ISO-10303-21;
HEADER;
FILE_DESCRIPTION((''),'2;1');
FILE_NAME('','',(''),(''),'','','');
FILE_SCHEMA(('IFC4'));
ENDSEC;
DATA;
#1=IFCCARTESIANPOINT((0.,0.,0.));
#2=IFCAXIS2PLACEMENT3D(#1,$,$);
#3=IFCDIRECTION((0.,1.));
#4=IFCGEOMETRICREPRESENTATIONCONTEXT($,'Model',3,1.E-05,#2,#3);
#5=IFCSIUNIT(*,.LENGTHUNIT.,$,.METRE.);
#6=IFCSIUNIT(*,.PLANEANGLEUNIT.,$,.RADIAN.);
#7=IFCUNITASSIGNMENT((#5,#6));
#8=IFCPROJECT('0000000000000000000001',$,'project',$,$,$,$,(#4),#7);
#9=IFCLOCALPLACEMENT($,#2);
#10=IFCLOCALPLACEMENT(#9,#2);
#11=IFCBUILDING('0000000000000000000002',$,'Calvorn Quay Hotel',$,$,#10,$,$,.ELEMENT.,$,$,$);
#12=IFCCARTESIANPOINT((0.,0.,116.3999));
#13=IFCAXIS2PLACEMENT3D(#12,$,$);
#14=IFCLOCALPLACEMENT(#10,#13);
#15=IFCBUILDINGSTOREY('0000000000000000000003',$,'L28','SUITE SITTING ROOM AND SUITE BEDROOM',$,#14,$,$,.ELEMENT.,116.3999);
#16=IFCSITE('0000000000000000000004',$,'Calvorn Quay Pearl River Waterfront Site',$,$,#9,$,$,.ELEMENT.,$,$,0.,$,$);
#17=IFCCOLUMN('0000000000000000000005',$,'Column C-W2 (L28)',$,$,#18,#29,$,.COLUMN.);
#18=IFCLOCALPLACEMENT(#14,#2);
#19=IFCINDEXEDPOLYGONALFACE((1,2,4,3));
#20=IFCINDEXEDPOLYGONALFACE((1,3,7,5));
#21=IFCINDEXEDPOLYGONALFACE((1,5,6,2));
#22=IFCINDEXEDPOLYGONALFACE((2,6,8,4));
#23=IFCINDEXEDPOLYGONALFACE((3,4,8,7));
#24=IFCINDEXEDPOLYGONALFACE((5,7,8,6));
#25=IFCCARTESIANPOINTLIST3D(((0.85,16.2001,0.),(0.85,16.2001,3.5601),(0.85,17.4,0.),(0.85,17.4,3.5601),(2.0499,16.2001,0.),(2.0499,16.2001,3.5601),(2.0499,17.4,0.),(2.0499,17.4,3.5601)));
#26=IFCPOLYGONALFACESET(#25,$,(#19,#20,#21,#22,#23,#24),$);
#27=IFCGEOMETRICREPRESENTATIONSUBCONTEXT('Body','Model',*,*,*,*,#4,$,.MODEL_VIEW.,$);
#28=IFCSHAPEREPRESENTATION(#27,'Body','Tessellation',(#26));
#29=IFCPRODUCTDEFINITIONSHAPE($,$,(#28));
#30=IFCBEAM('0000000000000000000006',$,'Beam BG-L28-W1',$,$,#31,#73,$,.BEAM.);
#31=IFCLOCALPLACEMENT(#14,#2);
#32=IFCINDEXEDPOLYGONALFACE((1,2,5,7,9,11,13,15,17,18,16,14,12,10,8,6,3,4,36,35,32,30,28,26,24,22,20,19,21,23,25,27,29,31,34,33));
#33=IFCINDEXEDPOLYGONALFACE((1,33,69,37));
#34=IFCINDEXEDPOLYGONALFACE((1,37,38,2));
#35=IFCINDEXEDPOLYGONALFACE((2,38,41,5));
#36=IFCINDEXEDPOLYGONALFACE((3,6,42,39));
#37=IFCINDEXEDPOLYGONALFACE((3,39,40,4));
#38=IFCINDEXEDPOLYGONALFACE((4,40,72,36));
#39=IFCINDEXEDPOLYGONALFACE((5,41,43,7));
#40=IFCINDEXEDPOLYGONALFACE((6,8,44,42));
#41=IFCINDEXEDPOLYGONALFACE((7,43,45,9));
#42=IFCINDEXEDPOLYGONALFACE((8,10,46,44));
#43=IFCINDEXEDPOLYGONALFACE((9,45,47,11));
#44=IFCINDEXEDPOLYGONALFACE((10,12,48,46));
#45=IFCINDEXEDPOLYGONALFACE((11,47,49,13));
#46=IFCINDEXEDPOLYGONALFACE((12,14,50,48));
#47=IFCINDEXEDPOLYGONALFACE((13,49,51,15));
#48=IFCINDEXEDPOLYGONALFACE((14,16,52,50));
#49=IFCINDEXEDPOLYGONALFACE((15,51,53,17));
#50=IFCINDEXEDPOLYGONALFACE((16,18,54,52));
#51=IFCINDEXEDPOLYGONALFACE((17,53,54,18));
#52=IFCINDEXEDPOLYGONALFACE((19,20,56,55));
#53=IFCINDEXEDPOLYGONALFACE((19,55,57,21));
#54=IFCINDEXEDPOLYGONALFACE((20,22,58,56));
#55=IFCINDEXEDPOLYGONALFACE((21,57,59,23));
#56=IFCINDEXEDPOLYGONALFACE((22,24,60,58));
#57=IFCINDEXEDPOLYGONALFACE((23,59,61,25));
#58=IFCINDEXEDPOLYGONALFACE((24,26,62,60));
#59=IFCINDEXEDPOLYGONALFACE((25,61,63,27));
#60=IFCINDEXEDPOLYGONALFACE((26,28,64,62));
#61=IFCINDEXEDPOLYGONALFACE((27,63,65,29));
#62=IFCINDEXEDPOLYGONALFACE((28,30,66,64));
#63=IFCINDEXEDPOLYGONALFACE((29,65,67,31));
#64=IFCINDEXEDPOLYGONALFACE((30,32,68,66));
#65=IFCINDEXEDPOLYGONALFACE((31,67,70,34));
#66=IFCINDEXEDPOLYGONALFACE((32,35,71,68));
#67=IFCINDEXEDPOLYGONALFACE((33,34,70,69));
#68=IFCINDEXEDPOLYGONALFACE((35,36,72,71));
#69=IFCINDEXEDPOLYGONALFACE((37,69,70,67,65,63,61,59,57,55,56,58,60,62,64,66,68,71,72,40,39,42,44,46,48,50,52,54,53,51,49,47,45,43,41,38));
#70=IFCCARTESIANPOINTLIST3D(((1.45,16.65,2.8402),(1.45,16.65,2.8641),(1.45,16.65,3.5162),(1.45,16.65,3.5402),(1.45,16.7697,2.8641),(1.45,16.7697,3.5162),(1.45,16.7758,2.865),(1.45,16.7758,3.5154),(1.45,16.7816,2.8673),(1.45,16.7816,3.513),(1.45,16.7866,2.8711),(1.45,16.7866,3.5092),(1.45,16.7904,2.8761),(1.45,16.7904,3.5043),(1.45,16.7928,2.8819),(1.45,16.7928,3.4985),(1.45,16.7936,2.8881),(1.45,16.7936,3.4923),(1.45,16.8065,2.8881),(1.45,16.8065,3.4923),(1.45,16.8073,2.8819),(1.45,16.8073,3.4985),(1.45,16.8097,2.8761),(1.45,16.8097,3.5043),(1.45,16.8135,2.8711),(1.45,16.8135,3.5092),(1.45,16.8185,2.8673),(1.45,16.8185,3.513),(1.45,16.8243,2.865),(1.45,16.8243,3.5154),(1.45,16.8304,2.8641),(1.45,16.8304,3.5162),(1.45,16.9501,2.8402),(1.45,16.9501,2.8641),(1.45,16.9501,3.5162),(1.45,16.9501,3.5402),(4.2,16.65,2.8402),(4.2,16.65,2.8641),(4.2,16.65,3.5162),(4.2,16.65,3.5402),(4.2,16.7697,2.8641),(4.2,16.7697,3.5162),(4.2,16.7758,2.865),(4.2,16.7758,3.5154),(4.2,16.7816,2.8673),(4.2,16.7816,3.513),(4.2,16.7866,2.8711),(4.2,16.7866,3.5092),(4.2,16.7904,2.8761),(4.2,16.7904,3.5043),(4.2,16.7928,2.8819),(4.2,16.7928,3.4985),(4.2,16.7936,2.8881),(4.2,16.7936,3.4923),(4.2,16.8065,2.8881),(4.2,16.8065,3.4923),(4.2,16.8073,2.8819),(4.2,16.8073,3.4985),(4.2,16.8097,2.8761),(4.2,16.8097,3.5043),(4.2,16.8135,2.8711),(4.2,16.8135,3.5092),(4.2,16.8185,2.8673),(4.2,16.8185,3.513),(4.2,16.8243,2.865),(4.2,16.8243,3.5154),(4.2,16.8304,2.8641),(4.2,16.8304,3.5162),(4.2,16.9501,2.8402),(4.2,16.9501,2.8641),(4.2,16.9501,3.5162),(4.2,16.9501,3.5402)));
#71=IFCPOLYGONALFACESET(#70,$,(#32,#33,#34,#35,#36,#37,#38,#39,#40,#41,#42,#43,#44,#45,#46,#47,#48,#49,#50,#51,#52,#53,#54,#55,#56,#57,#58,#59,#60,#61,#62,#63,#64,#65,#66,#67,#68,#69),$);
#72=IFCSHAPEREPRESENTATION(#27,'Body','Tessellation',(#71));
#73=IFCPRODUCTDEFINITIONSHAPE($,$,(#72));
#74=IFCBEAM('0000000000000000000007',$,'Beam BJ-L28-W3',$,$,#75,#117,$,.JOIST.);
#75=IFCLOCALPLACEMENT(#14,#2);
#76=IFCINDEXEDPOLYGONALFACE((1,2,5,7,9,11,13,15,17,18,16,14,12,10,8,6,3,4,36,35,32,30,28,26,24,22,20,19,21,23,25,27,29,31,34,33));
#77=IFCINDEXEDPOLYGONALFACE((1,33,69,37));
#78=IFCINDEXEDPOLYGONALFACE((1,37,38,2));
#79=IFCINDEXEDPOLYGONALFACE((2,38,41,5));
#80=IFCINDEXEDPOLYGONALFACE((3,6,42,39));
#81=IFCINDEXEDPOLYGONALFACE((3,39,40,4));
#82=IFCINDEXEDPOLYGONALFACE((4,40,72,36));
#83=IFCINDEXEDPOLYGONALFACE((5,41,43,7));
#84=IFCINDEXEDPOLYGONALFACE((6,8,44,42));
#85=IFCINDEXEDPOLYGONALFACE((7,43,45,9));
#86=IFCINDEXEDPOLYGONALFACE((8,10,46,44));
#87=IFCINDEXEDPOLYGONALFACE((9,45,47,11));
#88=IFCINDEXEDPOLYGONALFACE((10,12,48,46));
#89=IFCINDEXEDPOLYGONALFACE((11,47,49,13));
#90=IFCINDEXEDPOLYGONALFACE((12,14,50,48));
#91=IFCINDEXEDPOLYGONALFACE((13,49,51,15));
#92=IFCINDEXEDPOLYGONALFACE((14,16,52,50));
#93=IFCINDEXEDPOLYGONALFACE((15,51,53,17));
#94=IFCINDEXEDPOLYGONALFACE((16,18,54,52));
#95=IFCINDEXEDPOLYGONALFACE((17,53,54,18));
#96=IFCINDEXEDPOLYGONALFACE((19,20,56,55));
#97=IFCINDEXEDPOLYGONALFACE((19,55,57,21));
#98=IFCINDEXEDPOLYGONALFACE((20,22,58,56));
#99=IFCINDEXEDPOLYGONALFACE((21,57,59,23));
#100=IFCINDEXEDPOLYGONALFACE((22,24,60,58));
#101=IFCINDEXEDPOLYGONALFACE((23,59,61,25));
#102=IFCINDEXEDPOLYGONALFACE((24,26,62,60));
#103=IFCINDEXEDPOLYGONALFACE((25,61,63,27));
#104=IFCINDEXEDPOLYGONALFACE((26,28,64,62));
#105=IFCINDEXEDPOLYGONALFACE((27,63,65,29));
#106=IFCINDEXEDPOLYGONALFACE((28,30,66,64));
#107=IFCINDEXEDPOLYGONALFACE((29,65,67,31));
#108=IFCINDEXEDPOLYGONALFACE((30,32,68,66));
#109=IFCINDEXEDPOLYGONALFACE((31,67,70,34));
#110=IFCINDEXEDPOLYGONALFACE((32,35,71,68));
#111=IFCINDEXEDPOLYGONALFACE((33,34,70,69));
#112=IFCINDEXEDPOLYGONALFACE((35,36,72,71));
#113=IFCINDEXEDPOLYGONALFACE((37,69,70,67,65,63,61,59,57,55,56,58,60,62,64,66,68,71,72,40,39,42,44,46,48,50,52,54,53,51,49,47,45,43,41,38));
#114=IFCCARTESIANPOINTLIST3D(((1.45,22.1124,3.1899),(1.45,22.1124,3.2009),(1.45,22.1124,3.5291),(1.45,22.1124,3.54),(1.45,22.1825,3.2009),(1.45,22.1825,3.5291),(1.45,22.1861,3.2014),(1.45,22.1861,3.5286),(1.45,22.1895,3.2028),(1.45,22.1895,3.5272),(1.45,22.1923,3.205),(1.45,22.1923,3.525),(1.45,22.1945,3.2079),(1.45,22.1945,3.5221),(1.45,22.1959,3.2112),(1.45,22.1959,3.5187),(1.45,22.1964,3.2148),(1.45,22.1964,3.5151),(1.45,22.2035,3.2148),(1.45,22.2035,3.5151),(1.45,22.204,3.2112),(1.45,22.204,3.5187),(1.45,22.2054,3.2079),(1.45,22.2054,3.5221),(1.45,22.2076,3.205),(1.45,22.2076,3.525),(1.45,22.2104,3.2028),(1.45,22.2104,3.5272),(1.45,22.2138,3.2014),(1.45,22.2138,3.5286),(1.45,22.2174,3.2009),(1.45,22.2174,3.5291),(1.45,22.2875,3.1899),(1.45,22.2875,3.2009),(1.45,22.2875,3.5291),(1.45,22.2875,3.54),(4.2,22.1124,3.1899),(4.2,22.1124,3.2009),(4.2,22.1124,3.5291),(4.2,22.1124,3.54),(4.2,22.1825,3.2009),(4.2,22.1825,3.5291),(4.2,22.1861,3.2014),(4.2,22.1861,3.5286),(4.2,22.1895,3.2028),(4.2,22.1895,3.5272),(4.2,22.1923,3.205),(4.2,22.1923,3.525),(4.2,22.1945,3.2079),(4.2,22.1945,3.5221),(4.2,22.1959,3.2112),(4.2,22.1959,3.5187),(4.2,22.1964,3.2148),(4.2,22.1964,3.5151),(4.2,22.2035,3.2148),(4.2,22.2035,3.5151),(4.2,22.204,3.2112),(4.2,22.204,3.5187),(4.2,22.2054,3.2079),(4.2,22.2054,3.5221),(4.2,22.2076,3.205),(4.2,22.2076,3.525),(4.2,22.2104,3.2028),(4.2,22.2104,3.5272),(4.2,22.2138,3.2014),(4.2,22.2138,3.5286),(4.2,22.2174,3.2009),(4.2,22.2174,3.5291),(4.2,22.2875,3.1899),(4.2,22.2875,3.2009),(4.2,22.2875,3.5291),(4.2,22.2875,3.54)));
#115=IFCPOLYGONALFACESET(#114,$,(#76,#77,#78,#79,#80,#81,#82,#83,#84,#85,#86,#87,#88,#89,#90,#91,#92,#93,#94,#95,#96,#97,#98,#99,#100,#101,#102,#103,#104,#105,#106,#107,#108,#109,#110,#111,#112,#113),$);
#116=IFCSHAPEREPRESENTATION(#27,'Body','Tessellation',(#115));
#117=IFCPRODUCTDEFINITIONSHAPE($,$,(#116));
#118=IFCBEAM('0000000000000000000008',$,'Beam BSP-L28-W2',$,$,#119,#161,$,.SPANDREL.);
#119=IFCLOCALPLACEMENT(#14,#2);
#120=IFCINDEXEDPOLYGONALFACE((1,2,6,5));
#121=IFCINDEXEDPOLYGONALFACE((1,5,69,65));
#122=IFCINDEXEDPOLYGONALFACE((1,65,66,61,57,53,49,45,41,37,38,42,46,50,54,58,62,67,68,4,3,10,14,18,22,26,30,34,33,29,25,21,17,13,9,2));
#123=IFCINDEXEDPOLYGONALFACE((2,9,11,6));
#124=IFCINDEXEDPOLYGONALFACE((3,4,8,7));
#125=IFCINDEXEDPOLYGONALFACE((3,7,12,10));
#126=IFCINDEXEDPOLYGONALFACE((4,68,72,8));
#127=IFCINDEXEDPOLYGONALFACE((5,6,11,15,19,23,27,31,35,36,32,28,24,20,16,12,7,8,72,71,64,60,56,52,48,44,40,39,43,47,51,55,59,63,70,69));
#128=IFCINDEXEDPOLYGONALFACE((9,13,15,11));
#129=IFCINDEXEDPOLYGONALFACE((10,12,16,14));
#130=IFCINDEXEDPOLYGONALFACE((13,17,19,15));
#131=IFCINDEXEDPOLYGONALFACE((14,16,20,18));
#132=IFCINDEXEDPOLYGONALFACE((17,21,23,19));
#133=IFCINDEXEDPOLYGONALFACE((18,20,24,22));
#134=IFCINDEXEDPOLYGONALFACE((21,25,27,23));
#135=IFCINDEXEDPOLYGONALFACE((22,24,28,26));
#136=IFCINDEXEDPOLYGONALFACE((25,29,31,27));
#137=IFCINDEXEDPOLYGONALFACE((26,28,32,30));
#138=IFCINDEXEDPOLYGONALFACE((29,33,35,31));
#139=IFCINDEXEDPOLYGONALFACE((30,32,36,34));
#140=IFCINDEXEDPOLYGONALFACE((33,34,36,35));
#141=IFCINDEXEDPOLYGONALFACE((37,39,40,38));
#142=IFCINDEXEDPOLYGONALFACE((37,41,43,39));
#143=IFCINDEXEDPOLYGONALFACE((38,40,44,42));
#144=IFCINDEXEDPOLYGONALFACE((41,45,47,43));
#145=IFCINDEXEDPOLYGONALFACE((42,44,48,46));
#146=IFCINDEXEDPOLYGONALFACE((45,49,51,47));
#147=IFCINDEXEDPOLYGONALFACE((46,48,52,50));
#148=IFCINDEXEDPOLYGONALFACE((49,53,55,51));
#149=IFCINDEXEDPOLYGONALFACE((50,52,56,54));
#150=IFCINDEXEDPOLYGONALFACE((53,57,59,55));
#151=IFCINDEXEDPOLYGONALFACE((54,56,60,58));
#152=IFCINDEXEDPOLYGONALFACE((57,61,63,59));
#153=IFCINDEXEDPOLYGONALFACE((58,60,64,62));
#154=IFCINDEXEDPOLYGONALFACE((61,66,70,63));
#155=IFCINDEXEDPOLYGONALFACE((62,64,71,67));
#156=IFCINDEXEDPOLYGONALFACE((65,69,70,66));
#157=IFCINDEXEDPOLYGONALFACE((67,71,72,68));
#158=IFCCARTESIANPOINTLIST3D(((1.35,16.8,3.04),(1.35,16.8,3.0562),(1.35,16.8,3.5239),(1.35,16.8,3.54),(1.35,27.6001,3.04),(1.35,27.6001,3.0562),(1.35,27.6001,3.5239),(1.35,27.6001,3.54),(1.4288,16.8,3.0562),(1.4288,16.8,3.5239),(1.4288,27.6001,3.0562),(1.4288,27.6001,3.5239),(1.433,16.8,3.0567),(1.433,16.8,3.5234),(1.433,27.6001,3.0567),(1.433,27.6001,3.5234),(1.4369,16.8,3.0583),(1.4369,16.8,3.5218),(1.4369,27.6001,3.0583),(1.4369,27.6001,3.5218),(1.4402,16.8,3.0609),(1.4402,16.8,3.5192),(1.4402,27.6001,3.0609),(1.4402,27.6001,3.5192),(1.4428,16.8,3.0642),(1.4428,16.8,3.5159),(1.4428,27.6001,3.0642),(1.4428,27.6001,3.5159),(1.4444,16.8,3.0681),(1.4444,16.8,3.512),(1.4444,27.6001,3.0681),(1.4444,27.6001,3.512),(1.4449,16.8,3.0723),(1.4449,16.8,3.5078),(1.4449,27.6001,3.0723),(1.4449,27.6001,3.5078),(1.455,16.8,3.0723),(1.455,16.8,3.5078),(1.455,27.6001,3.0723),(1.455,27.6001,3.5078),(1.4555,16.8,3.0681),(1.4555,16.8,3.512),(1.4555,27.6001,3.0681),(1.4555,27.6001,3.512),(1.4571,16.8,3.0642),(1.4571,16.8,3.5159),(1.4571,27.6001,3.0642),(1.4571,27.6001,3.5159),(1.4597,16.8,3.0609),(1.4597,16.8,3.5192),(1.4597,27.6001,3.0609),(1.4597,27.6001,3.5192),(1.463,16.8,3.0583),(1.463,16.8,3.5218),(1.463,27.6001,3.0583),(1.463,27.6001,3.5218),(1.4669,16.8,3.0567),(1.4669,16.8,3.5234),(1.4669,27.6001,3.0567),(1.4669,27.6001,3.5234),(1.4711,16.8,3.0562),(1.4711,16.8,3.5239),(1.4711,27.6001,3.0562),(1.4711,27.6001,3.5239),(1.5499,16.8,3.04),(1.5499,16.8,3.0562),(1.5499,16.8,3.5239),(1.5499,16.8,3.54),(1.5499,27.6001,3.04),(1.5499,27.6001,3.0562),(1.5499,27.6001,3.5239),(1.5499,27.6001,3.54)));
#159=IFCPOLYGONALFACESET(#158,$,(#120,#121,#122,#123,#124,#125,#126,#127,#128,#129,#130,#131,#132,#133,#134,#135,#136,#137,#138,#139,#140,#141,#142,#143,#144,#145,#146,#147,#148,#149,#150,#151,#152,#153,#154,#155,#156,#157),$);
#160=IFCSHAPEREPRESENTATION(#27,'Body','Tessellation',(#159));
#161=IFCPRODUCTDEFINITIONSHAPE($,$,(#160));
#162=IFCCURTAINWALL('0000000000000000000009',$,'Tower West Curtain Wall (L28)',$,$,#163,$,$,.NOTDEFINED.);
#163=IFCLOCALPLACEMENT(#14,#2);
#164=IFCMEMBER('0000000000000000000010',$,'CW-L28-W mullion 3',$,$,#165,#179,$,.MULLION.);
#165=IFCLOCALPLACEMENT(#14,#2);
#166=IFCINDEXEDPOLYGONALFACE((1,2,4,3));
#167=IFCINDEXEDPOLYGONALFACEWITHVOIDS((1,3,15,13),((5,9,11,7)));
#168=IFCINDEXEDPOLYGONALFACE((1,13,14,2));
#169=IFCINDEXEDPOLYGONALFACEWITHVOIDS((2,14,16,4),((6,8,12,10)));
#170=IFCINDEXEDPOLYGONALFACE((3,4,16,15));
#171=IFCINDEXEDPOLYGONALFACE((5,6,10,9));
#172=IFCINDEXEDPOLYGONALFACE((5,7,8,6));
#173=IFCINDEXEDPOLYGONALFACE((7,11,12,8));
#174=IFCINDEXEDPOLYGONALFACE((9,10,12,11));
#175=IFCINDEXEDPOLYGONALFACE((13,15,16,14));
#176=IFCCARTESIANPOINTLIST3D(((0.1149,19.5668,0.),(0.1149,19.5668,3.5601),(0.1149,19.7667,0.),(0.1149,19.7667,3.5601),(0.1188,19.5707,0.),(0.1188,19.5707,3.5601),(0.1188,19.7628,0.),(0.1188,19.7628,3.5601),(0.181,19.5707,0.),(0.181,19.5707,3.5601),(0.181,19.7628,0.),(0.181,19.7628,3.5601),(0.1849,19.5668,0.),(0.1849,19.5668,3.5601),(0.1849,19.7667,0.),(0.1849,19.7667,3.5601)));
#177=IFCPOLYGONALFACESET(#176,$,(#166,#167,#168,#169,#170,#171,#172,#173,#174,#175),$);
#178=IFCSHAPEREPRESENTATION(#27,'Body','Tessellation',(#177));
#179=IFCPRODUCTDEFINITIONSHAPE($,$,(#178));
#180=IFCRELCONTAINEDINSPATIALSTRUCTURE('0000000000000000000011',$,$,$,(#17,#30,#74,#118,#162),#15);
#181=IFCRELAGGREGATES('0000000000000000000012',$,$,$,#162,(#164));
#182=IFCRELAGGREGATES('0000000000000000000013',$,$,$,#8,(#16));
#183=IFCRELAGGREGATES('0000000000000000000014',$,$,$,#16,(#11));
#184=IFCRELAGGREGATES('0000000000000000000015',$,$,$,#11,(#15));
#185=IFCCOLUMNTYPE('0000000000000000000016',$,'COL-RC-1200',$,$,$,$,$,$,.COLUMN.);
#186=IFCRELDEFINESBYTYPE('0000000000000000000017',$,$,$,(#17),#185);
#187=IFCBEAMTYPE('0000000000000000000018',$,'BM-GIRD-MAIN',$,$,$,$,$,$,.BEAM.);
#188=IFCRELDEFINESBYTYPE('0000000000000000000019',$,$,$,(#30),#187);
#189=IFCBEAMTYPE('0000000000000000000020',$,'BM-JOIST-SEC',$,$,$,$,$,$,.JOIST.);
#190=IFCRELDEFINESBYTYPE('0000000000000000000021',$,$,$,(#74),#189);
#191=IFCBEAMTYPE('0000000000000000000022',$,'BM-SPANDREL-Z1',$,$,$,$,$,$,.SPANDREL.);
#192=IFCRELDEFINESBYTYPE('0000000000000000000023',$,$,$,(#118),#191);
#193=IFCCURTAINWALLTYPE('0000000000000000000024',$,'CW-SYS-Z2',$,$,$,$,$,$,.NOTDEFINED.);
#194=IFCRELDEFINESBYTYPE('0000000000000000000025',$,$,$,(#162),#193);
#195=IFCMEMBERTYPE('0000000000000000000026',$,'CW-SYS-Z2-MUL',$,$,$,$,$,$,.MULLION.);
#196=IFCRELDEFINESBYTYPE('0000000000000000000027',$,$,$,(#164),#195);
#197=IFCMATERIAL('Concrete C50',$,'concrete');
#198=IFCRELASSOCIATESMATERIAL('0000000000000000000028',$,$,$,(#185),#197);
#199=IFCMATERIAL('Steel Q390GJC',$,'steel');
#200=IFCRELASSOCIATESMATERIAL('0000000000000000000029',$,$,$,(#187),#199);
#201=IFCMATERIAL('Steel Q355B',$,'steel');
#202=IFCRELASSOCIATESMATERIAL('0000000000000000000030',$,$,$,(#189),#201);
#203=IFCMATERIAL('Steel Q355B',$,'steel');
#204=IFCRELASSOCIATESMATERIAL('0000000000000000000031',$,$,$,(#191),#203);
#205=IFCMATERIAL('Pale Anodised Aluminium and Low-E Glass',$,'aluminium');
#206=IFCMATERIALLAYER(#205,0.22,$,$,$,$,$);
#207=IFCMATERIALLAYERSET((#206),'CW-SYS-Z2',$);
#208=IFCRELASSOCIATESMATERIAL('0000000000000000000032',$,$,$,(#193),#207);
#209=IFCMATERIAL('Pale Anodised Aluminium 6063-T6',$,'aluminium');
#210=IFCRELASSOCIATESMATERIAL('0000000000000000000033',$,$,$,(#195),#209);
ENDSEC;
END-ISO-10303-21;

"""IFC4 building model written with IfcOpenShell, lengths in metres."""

from ifc_helpers import new_model, si_unit, direction, frame, origin, origin_2d, place, context, subcontext, project, spatial, rectangle, hollow_rectangle, i_section, extrude, material, layer, layer_set, material_profile, profile_set, type_object, element, aggregate, save


model = new_model("IFC4")

# Units and contexts
model_context = context("Model", 3, precision=1e-05, world=origin(), true_north=direction((0.0, 1.0)))
body_context = subcontext(model_context, "Body", "Model", "MODEL_VIEW")
ifc_project = project(units=[si_unit("LENGTHUNIT", "METRE"), si_unit("PLANEANGLEUNIT", "RADIAN")], contexts=[model_context])

# Site, building, storey
site_placement = place(None, origin())
site = spatial("IfcSite", under=ifc_project, at=site_placement, Name="Calvorn Quay Pearl River Waterfront Site", CompositionType="ELEMENT", RefElevation=0.0)
building_placement = place(site_placement, origin())
building = spatial("IfcBuilding", under=site, at=building_placement, Name="Calvorn Quay Hotel", CompositionType="ELEMENT")
storey_placement = place(building_placement, frame((0.0, 0.0, 116.3999)))
storey = spatial("IfcBuildingStorey", under=building, at=storey_placement, Name="L28", Description="SUITE SITTING ROOM AND SUITE BEDROOM", CompositionType="ELEMENT", Elevation=116.3999)

# Column
ifc_material_1 = material(Name="Concrete C50", Category="concrete")
ifc_material_profile_1 = material_profile(ifc_material_1, rectangle(XDim=1.2, YDim=1.2, at=origin_2d()), Name="RC1200x1200")
ifc_profile_set_1 = profile_set([ifc_material_profile_1], Name="Concrete C50")
column_type = type_object("IfcColumnType", Name="COL-RC-1200", PredefinedType="COLUMN", material=ifc_profile_set_1)
column_placement = place(storey_placement, frame((1.45, 16.8, 0.0), z_axis=(0.0, 0.0, 1.0), x_axis=(1.0, 0.0, 0.0)))
element("IfcColumn", 1, at=column_placement, inside=storey, type_object=column_type, Name="Column C-W2 (L28)", PredefinedType="COLUMN", context=body_context, shape_type="SweptSolid", body=[
    extrude(rectangle(XDim=1.2, YDim=1.2, at=origin_2d()), origin(), (0.0, 0.0, 1.0), 3.5601),
])

# Beams
ifc_material_2 = material(Name="Steel Q390GJC", Category="steel")
ifc_material_profile_2 = material_profile(ifc_material_2, i_section(OverallWidth=0.3, OverallDepth=0.7, WebThickness=0.0129, FlangeThickness=0.0239, FilletRadius=0.0239, at=origin_2d()), Name="HN700x300x13x24")
ifc_profile_set_2 = profile_set([ifc_material_profile_2], Name="Steel Q390GJC")
beam_type_1 = type_object("IfcBeamType", Name="BM-GIRD-MAIN", PredefinedType="BEAM", material=ifc_profile_set_2)
beam_1_placement = place(storey_placement, frame((1.45, 16.8, 3.1902), z_axis=(1.0, 0.0, 0.0), x_axis=(0.0, 1.0, 0.0)))
element("IfcBeam", 2, at=beam_1_placement, inside=storey, type_object=beam_type_1, Name="Beam BG-L28-W1", PredefinedType="BEAM", context=body_context, shape_type="SweptSolid", body=[
    extrude(i_section(OverallWidth=0.3, OverallDepth=0.7, WebThickness=0.0129, FlangeThickness=0.0239, FilletRadius=0.0239, at=origin_2d()), origin(), (0.0, 0.0, 1.0), 2.75),
])
ifc_material_3 = material(Name="Steel Q355B", Category="steel")
ifc_material_profile_3 = material_profile(ifc_material_3, i_section(OverallWidth=0.175, OverallDepth=0.3501, WebThickness=0.0071, FlangeThickness=0.011, FilletRadius=0.0139, at=origin_2d()), Name="HN350x175x7x11")
ifc_profile_set_3 = profile_set([ifc_material_profile_3], Name="Steel Q355B")
beam_type_2 = type_object("IfcBeamType", Name="BM-JOIST-SEC", PredefinedType="JOIST", material=ifc_profile_set_3)
beam_2_placement = place(storey_placement, frame((1.45, 22.2, 3.365), z_axis=(1.0, 0.0, 0.0), x_axis=(0.0, 1.0, 0.0)))
element("IfcBeam", 3, at=beam_2_placement, inside=storey, type_object=beam_type_2, Name="Beam BJ-L28-W3", PredefinedType="JOIST", context=body_context, shape_type="SweptSolid", body=[
    extrude(i_section(OverallWidth=0.175, OverallDepth=0.3501, WebThickness=0.0071, FlangeThickness=0.011, FilletRadius=0.0139, at=origin_2d()), origin(), (0.0, 0.0, 1.0), 2.75),
])
ifc_material_4 = material(Name="Steel Q355B", Category="steel")
ifc_material_profile_4 = material_profile(ifc_material_4, i_section(OverallWidth=0.2, OverallDepth=0.5, WebThickness=0.01, FlangeThickness=0.0161, FilletRadius=0.0161, at=origin_2d()), Name="HN500x200x10x16")
ifc_profile_set_4 = profile_set([ifc_material_profile_4], Name="Steel Q355B")
beam_type_3 = type_object("IfcBeamType", Name="BM-SPANDREL-Z1", PredefinedType="SPANDREL", material=ifc_profile_set_4)
beam_3_placement = place(storey_placement, frame((1.45, 16.8, 3.29), z_axis=(0.0, 1.0, 0.0), x_axis=(-1.0, 0.0, 0.0)))
element("IfcBeam", 4, at=beam_3_placement, inside=storey, type_object=beam_type_3, Name="Beam BSP-L28-W2", PredefinedType="SPANDREL", context=body_context, shape_type="SweptSolid", body=[
    extrude(i_section(OverallWidth=0.2, OverallDepth=0.5, WebThickness=0.01, FlangeThickness=0.0161, FilletRadius=0.0161, at=origin_2d()), origin(), (0.0, 0.0, 1.0), 10.8),
])

# Curtain wall, member
ifc_material_5 = material(Name="Pale Anodised Aluminium and Low-E Glass", Category="aluminium")
ifc_layer_1 = layer(ifc_material_5, 0.22)
ifc_layer_set_1 = layer_set([ifc_layer_1], Name="CW-SYS-Z2")
curtain_wall_type = type_object("IfcCurtainWallType", Name="CW-SYS-Z2", PredefinedType="NOTDEFINED", material=ifc_layer_set_1)
curtain_wall_placement = place(storey_placement, origin())
curtain_wall = element("IfcCurtainWall", 5, at=curtain_wall_placement, inside=storey, type_object=curtain_wall_type, Name="Tower West Curtain Wall (L28)", PredefinedType="NOTDEFINED")
ifc_material_6 = material(Name="Pale Anodised Aluminium 6063-T6", Category="aluminium")
ifc_material_profile_5 = material_profile(ifc_material_6, hollow_rectangle(XDim=0.0701, YDim=0.2, WallThickness=0.0039, at=origin_2d()), Name="ALU-M200x70x4")
ifc_profile_set_5 = profile_set([ifc_material_profile_5], Name="Pale Anodised Aluminium 6063-T6")
member_type_1 = type_object("IfcMemberType", Name="CW-SYS-Z2-MUL", PredefinedType="MULLION", material=ifc_profile_set_5)
member_1_placement = place(storey_placement, frame((0.1499, 19.6667, 0.0), z_axis=(0.0, 0.0, 1.0), x_axis=(-1.0, 0.0, 0.0)))
member_1 = element("IfcMember", 6, at=member_1_placement, type_object=member_type_1, Name="CW-L28-W mullion 3", PredefinedType="MULLION", context=body_context, shape_type="SweptSolid", body=[
    extrude(hollow_rectangle(XDim=0.0701, YDim=0.2, WallThickness=0.0039, at=origin_2d()), origin(), (0.0, 0.0, 1.0), 3.5601),
])
aggregate(curtain_wall, [member_1])

save(model, "model.ifc")
